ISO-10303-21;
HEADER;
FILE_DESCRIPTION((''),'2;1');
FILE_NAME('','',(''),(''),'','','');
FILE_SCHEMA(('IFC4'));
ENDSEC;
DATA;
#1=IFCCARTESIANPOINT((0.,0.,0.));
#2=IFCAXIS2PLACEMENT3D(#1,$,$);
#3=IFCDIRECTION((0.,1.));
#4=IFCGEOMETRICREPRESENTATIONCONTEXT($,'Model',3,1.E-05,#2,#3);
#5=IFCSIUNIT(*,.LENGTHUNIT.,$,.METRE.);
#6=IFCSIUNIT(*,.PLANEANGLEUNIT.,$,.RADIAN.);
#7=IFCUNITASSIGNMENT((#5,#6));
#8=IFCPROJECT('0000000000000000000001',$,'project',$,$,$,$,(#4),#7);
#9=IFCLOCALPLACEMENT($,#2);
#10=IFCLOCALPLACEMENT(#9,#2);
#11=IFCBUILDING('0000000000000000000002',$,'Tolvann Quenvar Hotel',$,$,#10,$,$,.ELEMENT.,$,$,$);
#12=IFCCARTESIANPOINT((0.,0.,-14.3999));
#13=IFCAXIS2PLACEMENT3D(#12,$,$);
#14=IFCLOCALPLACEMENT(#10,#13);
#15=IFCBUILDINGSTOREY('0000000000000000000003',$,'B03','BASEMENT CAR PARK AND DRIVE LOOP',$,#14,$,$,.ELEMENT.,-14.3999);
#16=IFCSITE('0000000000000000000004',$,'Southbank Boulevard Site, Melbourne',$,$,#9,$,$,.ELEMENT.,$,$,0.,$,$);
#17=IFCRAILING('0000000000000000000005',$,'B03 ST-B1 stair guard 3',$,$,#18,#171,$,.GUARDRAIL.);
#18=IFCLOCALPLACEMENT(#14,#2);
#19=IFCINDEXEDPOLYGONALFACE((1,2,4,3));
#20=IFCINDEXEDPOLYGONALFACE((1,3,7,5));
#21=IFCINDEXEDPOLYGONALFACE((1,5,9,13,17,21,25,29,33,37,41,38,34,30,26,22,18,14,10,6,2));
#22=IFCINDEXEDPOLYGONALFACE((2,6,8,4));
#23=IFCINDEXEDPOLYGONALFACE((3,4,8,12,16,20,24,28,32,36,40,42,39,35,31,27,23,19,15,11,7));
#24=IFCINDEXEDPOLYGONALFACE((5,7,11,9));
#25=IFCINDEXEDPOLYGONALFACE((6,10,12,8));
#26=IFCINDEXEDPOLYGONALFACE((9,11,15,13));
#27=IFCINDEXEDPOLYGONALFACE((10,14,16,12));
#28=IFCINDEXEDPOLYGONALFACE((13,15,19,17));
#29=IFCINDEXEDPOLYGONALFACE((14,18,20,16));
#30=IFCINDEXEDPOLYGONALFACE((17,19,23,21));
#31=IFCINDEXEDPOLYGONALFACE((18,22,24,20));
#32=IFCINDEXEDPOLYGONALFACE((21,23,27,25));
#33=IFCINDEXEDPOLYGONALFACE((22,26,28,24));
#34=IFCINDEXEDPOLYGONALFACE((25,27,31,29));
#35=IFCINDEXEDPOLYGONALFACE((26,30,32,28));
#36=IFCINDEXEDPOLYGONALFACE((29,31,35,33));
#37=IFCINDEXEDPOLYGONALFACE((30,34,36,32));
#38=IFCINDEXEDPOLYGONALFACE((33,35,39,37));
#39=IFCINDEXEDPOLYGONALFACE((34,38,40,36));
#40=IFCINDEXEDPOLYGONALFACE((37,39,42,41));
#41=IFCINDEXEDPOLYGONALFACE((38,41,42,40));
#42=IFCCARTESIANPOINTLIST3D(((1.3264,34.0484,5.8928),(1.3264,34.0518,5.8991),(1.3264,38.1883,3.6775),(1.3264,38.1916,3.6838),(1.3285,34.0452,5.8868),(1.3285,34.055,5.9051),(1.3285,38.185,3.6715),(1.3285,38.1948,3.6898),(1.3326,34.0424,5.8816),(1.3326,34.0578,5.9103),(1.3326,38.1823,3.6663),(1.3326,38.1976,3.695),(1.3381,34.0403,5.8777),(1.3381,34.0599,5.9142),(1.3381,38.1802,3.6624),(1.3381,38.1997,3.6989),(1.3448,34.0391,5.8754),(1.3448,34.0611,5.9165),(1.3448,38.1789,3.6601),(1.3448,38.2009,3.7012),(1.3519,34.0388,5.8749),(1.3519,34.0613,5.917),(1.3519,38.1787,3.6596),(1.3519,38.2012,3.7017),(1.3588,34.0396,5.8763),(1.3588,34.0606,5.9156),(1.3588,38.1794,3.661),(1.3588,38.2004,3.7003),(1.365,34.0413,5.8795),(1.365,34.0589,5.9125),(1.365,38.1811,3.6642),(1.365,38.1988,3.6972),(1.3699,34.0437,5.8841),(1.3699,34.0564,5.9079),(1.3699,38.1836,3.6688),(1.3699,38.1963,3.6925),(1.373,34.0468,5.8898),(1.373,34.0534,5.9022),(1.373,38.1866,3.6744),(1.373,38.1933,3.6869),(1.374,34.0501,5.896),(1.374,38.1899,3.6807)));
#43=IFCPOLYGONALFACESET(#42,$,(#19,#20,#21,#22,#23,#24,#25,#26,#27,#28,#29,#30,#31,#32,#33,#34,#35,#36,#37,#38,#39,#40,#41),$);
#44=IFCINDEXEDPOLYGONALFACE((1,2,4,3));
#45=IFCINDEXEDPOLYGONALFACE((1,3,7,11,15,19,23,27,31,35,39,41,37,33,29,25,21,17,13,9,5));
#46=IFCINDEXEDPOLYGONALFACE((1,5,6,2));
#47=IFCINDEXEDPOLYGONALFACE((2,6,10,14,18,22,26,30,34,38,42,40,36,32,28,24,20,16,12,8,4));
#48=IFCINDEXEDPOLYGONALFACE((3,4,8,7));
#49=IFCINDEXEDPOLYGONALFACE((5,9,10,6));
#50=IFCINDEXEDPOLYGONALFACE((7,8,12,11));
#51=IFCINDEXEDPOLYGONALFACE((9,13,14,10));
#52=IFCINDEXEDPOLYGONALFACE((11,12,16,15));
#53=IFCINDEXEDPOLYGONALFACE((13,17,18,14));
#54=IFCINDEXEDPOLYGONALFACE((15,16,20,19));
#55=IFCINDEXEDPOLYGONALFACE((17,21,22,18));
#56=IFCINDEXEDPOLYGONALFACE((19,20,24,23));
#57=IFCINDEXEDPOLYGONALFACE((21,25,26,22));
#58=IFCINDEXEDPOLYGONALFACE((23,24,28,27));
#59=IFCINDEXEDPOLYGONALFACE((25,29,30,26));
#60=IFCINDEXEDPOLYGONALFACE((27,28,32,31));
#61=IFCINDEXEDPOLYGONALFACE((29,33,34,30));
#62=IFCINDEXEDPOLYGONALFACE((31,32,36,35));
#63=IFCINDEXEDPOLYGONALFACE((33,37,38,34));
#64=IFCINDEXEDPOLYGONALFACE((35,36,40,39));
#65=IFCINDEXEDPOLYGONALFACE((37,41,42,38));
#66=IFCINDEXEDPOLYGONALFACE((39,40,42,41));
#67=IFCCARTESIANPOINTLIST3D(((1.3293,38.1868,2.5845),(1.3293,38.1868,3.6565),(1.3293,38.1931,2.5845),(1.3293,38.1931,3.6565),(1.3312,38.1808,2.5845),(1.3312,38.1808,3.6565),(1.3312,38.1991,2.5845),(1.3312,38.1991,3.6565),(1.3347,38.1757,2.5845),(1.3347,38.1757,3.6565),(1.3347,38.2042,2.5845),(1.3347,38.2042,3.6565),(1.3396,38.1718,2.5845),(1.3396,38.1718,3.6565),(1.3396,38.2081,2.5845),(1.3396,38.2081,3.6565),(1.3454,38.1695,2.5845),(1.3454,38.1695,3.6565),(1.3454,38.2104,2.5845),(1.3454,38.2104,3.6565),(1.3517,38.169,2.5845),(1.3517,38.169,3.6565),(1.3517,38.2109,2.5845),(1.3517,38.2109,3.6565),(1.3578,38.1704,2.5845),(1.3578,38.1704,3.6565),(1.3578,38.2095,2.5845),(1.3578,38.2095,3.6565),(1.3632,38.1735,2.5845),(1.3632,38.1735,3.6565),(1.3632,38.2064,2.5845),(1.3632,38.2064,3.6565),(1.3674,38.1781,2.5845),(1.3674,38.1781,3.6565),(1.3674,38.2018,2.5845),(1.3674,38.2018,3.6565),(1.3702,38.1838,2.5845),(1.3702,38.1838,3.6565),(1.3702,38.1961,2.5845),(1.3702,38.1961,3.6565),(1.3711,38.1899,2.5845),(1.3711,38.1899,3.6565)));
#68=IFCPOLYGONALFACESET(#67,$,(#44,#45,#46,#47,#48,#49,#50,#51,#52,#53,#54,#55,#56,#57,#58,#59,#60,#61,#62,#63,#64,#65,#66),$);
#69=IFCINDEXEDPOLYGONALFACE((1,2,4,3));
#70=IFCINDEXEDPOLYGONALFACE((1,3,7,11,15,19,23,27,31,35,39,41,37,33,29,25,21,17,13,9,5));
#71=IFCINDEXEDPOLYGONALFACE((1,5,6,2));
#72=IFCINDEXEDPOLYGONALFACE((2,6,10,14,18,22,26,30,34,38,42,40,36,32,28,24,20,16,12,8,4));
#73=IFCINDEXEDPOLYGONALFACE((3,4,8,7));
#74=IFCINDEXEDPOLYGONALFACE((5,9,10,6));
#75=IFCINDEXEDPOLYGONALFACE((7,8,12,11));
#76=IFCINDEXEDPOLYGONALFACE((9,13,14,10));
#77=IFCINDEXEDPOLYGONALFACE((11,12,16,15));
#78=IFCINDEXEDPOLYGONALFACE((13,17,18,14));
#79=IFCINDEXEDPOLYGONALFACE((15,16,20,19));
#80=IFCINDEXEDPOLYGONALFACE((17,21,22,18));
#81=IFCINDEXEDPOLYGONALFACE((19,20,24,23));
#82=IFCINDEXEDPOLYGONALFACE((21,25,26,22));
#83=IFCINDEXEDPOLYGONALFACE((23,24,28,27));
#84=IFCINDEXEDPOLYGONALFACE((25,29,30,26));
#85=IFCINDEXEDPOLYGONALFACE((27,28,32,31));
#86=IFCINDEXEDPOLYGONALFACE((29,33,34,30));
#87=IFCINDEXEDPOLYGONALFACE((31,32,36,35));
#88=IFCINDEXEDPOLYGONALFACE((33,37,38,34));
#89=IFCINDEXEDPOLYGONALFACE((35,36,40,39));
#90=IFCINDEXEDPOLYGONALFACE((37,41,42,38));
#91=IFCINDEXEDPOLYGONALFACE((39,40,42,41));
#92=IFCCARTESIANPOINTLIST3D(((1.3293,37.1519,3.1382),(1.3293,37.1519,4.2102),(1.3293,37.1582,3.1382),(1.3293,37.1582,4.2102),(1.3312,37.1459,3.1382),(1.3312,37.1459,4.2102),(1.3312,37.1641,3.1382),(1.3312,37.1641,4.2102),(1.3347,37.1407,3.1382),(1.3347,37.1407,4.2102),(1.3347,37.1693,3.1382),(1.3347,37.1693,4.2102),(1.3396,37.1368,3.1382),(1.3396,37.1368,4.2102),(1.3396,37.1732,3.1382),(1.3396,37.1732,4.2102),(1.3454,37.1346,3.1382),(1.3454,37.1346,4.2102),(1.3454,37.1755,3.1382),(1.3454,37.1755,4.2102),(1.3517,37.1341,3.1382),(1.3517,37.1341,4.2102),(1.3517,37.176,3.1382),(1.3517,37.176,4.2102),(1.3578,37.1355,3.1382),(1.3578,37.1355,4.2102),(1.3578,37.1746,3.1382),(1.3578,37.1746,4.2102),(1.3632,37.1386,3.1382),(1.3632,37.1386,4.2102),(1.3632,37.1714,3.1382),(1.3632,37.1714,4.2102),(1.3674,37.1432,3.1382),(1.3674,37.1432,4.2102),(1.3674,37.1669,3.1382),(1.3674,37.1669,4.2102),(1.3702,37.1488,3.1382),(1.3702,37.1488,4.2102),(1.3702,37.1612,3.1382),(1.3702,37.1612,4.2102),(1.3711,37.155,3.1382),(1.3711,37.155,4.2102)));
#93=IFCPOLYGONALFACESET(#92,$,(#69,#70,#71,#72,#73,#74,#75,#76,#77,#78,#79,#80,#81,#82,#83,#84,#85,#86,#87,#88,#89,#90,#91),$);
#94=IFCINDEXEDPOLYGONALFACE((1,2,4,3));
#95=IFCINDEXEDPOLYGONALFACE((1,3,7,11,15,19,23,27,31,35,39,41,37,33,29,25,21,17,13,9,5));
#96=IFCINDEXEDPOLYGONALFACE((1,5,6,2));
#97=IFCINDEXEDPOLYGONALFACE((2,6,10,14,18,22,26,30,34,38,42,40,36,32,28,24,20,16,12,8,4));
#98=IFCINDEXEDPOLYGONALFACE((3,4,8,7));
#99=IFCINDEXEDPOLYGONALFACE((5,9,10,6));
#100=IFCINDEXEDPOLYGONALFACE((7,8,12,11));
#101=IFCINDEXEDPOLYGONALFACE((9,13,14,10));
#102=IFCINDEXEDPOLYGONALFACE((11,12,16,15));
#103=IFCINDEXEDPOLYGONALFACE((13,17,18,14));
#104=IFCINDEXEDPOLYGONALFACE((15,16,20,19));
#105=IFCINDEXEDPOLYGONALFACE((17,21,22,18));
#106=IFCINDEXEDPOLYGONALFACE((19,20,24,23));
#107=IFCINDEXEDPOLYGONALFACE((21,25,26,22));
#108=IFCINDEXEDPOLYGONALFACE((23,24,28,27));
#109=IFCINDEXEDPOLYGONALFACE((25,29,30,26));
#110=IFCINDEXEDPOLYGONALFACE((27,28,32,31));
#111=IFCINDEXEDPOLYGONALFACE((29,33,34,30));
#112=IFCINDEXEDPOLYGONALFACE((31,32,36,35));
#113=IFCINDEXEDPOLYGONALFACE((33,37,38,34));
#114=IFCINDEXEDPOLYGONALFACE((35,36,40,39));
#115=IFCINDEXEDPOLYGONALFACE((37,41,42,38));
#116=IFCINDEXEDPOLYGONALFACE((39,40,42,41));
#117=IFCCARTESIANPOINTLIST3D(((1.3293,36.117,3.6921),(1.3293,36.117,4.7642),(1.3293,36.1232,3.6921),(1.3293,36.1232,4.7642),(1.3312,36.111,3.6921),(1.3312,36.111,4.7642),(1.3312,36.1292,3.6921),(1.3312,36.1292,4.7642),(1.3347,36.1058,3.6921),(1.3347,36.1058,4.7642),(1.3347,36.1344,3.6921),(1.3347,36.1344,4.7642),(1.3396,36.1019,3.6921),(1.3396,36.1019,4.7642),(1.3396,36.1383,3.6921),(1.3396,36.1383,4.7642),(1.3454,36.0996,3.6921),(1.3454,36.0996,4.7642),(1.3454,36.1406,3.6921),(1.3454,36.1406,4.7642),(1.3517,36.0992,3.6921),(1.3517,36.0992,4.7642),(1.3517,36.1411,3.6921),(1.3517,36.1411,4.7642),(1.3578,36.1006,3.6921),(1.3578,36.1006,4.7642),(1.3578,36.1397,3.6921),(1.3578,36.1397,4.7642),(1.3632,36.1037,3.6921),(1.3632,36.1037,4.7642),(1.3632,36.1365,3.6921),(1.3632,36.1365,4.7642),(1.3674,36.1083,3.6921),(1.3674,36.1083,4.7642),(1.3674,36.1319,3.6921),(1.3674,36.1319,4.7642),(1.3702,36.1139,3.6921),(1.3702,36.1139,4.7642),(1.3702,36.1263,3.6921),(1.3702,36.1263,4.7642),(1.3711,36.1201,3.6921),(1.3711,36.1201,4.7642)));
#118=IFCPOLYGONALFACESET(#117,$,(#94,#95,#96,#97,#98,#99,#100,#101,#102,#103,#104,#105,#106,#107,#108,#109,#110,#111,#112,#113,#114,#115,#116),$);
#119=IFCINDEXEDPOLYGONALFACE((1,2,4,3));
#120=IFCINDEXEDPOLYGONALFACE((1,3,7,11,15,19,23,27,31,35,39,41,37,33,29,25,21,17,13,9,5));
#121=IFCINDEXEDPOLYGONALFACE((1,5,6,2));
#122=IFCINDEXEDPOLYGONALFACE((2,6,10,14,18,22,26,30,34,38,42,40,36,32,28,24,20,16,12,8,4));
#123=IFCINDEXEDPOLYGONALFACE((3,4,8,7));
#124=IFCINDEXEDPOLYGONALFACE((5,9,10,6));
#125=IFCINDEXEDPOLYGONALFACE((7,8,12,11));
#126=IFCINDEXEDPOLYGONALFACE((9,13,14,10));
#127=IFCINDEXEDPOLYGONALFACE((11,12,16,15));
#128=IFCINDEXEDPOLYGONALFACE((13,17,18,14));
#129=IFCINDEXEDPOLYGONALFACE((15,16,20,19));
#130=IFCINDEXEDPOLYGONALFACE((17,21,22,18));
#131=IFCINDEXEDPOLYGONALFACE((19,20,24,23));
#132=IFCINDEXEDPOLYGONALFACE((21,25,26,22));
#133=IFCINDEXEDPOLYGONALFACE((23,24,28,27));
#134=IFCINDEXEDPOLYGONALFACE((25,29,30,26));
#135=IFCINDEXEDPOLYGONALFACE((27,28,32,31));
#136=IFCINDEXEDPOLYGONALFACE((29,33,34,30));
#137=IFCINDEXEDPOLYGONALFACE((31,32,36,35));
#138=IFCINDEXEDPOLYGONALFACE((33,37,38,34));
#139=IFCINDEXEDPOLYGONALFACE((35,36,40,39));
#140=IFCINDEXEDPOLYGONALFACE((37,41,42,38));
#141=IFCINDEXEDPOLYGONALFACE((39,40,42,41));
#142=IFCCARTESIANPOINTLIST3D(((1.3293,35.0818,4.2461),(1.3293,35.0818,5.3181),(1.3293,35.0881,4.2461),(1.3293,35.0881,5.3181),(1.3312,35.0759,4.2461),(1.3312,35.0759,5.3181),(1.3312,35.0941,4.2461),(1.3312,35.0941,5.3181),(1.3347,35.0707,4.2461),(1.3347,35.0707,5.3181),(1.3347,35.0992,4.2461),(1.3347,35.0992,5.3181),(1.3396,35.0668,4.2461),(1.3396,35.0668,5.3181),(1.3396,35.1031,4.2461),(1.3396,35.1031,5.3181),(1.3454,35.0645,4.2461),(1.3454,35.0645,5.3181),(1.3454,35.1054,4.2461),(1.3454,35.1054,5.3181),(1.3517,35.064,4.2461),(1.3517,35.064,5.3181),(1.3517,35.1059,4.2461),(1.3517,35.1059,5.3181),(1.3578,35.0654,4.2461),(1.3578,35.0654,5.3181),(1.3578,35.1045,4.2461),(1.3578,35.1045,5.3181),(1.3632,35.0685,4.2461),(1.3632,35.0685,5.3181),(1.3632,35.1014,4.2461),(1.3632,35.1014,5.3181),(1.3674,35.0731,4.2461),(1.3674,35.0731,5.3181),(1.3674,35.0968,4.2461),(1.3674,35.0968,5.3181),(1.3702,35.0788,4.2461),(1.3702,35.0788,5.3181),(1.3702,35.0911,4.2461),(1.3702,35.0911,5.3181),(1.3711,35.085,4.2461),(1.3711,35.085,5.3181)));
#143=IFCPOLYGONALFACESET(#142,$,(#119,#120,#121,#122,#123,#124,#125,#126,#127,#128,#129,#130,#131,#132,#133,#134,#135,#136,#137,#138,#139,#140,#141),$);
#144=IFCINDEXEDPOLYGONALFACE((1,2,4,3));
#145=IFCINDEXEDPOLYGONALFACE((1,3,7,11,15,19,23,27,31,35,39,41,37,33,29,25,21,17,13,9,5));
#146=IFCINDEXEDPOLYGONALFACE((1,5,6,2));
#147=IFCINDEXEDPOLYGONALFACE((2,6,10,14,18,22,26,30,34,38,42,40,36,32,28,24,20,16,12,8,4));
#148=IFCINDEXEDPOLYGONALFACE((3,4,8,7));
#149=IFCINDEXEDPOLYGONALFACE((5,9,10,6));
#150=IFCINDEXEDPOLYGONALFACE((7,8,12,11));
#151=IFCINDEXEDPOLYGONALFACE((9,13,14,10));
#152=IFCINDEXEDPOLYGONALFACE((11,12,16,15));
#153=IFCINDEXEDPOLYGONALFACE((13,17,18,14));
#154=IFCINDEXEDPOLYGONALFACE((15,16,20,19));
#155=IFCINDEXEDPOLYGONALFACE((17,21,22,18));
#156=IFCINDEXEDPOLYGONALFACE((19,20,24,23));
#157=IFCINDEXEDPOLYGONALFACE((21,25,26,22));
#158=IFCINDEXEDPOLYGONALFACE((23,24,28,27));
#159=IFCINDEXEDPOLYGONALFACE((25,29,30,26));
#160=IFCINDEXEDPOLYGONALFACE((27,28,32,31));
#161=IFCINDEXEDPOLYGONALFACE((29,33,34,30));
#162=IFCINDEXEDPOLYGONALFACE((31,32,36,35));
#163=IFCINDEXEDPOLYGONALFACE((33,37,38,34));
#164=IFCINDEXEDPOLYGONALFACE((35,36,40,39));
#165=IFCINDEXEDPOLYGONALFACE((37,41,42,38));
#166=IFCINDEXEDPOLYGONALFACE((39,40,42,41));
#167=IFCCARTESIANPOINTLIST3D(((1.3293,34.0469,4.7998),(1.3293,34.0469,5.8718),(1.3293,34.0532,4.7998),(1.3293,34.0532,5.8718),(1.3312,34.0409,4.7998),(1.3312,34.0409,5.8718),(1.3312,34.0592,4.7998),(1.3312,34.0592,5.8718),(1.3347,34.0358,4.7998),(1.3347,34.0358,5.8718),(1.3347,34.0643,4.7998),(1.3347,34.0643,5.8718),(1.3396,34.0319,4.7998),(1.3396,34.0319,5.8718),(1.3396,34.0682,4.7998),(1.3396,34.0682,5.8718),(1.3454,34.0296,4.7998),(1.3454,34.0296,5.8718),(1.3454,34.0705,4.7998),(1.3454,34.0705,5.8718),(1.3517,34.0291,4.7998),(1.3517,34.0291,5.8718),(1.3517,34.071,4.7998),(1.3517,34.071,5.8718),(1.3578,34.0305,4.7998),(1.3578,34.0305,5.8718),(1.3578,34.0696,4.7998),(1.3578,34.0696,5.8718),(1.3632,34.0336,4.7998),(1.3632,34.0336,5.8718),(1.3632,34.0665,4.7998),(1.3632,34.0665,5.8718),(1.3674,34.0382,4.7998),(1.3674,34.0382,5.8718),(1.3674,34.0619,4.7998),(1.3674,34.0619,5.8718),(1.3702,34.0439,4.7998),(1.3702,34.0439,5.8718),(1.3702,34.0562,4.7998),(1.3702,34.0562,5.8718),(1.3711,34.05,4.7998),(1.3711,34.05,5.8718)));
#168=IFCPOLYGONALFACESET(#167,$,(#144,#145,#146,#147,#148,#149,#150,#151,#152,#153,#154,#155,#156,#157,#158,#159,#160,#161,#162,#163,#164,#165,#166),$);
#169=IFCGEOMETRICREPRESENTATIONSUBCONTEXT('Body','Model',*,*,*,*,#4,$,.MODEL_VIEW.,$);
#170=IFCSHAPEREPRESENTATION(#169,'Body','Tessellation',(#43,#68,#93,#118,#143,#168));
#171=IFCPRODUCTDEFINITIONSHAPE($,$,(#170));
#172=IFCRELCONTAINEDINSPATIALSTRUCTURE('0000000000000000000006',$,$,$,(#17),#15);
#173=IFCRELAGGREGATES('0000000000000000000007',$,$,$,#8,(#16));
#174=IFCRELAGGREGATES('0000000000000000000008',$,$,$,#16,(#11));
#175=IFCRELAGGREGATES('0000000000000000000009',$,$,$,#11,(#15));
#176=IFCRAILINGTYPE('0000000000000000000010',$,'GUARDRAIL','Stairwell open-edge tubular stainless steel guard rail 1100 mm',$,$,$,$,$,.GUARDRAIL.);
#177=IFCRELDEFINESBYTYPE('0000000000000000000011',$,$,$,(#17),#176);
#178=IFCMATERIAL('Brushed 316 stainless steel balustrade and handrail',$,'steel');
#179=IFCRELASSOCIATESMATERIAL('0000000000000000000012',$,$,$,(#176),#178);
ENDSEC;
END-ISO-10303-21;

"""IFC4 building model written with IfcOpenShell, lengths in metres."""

from ifc_helpers import new_model, si_unit, direction, frame, origin, origin_2d, place, context, subcontext, project, spatial, circle, extrude, material, type_object, element, save


model = new_model("IFC4")

# Units and contexts
model_context = context("Model", 3, precision=1e-05, world=origin(), true_north=direction((0.0, 1.0)))
body_context = subcontext(model_context, "Body", "Model", "MODEL_VIEW")
ifc_project = project(units=[si_unit("LENGTHUNIT", "METRE"), si_unit("PLANEANGLEUNIT", "RADIAN")], contexts=[model_context])

# Site, building, storey
site_placement = place(None, origin())
site = spatial("IfcSite", under=ifc_project, at=site_placement, Name="Southbank Boulevard Site, Melbourne", CompositionType="ELEMENT", RefElevation=0.0)
building_placement = place(site_placement, origin())
building = spatial("IfcBuilding", under=site, at=building_placement, Name="Tolvann Quenvar Hotel", CompositionType="ELEMENT")
storey_placement = place(building_placement, frame((0.0, 0.0, -14.3999)))
storey = spatial("IfcBuildingStorey", under=building, at=storey_placement, Name="B03", Description="BASEMENT CAR PARK AND DRIVE LOOP", CompositionType="ELEMENT", Elevation=-14.3999)

# Railing
ifc_material_1 = material(Name="Brushed 316 stainless steel balustrade and handrail", Category="steel")
railing_type_1 = type_object("IfcRailingType", Name="GUARDRAIL", Description="Stairwell open-edge tubular stainless steel guard rail 1100 mm", PredefinedType="GUARDRAIL", material=ifc_material_1)
railing_1_placement = place(storey_placement, frame((1.3501, 38.1899, 2.5845)))
element("IfcRailing", 1, at=railing_1_placement, inside=storey, type_object=railing_type_1, Name="B03 ST-B1 stair guard 3", PredefinedType="GUARDRAIL", context=body_context, shape_type="SweptSolid", body=[
    extrude(circle(Radius=0.0239, at=origin_2d()), frame((0.0, 0.0, 1.0962), z_axis=(0.0, -0.881699, 0.471813), x_axis=(1.0, 0.0, 0.0)), (0.0, 0.0, 1.0), 4.6953),
    extrude(circle(Radius=0.021, at=origin_2d()), origin(), (0.0, 0.0, 1.0), 1.072),
    extrude(circle(Radius=0.021, at=origin_2d()), frame((0.0, -1.0349, 0.5537)), (0.0, 0.0, 1.0), 1.072),
    extrude(circle(Radius=0.021, at=origin_2d()), frame((0.0, -2.0698, 1.1077)), (0.0, 0.0, 1.0), 1.072),
    extrude(circle(Radius=0.021, at=origin_2d()), frame((0.0, -3.105, 1.6616)), (0.0, 0.0, 1.0), 1.072),
    extrude(circle(Radius=0.021, at=origin_2d()), frame((0.0, -4.1399, 2.2153)), (0.0, 0.0, 1.0), 1.072),
])

save(model, "model.ifc")
